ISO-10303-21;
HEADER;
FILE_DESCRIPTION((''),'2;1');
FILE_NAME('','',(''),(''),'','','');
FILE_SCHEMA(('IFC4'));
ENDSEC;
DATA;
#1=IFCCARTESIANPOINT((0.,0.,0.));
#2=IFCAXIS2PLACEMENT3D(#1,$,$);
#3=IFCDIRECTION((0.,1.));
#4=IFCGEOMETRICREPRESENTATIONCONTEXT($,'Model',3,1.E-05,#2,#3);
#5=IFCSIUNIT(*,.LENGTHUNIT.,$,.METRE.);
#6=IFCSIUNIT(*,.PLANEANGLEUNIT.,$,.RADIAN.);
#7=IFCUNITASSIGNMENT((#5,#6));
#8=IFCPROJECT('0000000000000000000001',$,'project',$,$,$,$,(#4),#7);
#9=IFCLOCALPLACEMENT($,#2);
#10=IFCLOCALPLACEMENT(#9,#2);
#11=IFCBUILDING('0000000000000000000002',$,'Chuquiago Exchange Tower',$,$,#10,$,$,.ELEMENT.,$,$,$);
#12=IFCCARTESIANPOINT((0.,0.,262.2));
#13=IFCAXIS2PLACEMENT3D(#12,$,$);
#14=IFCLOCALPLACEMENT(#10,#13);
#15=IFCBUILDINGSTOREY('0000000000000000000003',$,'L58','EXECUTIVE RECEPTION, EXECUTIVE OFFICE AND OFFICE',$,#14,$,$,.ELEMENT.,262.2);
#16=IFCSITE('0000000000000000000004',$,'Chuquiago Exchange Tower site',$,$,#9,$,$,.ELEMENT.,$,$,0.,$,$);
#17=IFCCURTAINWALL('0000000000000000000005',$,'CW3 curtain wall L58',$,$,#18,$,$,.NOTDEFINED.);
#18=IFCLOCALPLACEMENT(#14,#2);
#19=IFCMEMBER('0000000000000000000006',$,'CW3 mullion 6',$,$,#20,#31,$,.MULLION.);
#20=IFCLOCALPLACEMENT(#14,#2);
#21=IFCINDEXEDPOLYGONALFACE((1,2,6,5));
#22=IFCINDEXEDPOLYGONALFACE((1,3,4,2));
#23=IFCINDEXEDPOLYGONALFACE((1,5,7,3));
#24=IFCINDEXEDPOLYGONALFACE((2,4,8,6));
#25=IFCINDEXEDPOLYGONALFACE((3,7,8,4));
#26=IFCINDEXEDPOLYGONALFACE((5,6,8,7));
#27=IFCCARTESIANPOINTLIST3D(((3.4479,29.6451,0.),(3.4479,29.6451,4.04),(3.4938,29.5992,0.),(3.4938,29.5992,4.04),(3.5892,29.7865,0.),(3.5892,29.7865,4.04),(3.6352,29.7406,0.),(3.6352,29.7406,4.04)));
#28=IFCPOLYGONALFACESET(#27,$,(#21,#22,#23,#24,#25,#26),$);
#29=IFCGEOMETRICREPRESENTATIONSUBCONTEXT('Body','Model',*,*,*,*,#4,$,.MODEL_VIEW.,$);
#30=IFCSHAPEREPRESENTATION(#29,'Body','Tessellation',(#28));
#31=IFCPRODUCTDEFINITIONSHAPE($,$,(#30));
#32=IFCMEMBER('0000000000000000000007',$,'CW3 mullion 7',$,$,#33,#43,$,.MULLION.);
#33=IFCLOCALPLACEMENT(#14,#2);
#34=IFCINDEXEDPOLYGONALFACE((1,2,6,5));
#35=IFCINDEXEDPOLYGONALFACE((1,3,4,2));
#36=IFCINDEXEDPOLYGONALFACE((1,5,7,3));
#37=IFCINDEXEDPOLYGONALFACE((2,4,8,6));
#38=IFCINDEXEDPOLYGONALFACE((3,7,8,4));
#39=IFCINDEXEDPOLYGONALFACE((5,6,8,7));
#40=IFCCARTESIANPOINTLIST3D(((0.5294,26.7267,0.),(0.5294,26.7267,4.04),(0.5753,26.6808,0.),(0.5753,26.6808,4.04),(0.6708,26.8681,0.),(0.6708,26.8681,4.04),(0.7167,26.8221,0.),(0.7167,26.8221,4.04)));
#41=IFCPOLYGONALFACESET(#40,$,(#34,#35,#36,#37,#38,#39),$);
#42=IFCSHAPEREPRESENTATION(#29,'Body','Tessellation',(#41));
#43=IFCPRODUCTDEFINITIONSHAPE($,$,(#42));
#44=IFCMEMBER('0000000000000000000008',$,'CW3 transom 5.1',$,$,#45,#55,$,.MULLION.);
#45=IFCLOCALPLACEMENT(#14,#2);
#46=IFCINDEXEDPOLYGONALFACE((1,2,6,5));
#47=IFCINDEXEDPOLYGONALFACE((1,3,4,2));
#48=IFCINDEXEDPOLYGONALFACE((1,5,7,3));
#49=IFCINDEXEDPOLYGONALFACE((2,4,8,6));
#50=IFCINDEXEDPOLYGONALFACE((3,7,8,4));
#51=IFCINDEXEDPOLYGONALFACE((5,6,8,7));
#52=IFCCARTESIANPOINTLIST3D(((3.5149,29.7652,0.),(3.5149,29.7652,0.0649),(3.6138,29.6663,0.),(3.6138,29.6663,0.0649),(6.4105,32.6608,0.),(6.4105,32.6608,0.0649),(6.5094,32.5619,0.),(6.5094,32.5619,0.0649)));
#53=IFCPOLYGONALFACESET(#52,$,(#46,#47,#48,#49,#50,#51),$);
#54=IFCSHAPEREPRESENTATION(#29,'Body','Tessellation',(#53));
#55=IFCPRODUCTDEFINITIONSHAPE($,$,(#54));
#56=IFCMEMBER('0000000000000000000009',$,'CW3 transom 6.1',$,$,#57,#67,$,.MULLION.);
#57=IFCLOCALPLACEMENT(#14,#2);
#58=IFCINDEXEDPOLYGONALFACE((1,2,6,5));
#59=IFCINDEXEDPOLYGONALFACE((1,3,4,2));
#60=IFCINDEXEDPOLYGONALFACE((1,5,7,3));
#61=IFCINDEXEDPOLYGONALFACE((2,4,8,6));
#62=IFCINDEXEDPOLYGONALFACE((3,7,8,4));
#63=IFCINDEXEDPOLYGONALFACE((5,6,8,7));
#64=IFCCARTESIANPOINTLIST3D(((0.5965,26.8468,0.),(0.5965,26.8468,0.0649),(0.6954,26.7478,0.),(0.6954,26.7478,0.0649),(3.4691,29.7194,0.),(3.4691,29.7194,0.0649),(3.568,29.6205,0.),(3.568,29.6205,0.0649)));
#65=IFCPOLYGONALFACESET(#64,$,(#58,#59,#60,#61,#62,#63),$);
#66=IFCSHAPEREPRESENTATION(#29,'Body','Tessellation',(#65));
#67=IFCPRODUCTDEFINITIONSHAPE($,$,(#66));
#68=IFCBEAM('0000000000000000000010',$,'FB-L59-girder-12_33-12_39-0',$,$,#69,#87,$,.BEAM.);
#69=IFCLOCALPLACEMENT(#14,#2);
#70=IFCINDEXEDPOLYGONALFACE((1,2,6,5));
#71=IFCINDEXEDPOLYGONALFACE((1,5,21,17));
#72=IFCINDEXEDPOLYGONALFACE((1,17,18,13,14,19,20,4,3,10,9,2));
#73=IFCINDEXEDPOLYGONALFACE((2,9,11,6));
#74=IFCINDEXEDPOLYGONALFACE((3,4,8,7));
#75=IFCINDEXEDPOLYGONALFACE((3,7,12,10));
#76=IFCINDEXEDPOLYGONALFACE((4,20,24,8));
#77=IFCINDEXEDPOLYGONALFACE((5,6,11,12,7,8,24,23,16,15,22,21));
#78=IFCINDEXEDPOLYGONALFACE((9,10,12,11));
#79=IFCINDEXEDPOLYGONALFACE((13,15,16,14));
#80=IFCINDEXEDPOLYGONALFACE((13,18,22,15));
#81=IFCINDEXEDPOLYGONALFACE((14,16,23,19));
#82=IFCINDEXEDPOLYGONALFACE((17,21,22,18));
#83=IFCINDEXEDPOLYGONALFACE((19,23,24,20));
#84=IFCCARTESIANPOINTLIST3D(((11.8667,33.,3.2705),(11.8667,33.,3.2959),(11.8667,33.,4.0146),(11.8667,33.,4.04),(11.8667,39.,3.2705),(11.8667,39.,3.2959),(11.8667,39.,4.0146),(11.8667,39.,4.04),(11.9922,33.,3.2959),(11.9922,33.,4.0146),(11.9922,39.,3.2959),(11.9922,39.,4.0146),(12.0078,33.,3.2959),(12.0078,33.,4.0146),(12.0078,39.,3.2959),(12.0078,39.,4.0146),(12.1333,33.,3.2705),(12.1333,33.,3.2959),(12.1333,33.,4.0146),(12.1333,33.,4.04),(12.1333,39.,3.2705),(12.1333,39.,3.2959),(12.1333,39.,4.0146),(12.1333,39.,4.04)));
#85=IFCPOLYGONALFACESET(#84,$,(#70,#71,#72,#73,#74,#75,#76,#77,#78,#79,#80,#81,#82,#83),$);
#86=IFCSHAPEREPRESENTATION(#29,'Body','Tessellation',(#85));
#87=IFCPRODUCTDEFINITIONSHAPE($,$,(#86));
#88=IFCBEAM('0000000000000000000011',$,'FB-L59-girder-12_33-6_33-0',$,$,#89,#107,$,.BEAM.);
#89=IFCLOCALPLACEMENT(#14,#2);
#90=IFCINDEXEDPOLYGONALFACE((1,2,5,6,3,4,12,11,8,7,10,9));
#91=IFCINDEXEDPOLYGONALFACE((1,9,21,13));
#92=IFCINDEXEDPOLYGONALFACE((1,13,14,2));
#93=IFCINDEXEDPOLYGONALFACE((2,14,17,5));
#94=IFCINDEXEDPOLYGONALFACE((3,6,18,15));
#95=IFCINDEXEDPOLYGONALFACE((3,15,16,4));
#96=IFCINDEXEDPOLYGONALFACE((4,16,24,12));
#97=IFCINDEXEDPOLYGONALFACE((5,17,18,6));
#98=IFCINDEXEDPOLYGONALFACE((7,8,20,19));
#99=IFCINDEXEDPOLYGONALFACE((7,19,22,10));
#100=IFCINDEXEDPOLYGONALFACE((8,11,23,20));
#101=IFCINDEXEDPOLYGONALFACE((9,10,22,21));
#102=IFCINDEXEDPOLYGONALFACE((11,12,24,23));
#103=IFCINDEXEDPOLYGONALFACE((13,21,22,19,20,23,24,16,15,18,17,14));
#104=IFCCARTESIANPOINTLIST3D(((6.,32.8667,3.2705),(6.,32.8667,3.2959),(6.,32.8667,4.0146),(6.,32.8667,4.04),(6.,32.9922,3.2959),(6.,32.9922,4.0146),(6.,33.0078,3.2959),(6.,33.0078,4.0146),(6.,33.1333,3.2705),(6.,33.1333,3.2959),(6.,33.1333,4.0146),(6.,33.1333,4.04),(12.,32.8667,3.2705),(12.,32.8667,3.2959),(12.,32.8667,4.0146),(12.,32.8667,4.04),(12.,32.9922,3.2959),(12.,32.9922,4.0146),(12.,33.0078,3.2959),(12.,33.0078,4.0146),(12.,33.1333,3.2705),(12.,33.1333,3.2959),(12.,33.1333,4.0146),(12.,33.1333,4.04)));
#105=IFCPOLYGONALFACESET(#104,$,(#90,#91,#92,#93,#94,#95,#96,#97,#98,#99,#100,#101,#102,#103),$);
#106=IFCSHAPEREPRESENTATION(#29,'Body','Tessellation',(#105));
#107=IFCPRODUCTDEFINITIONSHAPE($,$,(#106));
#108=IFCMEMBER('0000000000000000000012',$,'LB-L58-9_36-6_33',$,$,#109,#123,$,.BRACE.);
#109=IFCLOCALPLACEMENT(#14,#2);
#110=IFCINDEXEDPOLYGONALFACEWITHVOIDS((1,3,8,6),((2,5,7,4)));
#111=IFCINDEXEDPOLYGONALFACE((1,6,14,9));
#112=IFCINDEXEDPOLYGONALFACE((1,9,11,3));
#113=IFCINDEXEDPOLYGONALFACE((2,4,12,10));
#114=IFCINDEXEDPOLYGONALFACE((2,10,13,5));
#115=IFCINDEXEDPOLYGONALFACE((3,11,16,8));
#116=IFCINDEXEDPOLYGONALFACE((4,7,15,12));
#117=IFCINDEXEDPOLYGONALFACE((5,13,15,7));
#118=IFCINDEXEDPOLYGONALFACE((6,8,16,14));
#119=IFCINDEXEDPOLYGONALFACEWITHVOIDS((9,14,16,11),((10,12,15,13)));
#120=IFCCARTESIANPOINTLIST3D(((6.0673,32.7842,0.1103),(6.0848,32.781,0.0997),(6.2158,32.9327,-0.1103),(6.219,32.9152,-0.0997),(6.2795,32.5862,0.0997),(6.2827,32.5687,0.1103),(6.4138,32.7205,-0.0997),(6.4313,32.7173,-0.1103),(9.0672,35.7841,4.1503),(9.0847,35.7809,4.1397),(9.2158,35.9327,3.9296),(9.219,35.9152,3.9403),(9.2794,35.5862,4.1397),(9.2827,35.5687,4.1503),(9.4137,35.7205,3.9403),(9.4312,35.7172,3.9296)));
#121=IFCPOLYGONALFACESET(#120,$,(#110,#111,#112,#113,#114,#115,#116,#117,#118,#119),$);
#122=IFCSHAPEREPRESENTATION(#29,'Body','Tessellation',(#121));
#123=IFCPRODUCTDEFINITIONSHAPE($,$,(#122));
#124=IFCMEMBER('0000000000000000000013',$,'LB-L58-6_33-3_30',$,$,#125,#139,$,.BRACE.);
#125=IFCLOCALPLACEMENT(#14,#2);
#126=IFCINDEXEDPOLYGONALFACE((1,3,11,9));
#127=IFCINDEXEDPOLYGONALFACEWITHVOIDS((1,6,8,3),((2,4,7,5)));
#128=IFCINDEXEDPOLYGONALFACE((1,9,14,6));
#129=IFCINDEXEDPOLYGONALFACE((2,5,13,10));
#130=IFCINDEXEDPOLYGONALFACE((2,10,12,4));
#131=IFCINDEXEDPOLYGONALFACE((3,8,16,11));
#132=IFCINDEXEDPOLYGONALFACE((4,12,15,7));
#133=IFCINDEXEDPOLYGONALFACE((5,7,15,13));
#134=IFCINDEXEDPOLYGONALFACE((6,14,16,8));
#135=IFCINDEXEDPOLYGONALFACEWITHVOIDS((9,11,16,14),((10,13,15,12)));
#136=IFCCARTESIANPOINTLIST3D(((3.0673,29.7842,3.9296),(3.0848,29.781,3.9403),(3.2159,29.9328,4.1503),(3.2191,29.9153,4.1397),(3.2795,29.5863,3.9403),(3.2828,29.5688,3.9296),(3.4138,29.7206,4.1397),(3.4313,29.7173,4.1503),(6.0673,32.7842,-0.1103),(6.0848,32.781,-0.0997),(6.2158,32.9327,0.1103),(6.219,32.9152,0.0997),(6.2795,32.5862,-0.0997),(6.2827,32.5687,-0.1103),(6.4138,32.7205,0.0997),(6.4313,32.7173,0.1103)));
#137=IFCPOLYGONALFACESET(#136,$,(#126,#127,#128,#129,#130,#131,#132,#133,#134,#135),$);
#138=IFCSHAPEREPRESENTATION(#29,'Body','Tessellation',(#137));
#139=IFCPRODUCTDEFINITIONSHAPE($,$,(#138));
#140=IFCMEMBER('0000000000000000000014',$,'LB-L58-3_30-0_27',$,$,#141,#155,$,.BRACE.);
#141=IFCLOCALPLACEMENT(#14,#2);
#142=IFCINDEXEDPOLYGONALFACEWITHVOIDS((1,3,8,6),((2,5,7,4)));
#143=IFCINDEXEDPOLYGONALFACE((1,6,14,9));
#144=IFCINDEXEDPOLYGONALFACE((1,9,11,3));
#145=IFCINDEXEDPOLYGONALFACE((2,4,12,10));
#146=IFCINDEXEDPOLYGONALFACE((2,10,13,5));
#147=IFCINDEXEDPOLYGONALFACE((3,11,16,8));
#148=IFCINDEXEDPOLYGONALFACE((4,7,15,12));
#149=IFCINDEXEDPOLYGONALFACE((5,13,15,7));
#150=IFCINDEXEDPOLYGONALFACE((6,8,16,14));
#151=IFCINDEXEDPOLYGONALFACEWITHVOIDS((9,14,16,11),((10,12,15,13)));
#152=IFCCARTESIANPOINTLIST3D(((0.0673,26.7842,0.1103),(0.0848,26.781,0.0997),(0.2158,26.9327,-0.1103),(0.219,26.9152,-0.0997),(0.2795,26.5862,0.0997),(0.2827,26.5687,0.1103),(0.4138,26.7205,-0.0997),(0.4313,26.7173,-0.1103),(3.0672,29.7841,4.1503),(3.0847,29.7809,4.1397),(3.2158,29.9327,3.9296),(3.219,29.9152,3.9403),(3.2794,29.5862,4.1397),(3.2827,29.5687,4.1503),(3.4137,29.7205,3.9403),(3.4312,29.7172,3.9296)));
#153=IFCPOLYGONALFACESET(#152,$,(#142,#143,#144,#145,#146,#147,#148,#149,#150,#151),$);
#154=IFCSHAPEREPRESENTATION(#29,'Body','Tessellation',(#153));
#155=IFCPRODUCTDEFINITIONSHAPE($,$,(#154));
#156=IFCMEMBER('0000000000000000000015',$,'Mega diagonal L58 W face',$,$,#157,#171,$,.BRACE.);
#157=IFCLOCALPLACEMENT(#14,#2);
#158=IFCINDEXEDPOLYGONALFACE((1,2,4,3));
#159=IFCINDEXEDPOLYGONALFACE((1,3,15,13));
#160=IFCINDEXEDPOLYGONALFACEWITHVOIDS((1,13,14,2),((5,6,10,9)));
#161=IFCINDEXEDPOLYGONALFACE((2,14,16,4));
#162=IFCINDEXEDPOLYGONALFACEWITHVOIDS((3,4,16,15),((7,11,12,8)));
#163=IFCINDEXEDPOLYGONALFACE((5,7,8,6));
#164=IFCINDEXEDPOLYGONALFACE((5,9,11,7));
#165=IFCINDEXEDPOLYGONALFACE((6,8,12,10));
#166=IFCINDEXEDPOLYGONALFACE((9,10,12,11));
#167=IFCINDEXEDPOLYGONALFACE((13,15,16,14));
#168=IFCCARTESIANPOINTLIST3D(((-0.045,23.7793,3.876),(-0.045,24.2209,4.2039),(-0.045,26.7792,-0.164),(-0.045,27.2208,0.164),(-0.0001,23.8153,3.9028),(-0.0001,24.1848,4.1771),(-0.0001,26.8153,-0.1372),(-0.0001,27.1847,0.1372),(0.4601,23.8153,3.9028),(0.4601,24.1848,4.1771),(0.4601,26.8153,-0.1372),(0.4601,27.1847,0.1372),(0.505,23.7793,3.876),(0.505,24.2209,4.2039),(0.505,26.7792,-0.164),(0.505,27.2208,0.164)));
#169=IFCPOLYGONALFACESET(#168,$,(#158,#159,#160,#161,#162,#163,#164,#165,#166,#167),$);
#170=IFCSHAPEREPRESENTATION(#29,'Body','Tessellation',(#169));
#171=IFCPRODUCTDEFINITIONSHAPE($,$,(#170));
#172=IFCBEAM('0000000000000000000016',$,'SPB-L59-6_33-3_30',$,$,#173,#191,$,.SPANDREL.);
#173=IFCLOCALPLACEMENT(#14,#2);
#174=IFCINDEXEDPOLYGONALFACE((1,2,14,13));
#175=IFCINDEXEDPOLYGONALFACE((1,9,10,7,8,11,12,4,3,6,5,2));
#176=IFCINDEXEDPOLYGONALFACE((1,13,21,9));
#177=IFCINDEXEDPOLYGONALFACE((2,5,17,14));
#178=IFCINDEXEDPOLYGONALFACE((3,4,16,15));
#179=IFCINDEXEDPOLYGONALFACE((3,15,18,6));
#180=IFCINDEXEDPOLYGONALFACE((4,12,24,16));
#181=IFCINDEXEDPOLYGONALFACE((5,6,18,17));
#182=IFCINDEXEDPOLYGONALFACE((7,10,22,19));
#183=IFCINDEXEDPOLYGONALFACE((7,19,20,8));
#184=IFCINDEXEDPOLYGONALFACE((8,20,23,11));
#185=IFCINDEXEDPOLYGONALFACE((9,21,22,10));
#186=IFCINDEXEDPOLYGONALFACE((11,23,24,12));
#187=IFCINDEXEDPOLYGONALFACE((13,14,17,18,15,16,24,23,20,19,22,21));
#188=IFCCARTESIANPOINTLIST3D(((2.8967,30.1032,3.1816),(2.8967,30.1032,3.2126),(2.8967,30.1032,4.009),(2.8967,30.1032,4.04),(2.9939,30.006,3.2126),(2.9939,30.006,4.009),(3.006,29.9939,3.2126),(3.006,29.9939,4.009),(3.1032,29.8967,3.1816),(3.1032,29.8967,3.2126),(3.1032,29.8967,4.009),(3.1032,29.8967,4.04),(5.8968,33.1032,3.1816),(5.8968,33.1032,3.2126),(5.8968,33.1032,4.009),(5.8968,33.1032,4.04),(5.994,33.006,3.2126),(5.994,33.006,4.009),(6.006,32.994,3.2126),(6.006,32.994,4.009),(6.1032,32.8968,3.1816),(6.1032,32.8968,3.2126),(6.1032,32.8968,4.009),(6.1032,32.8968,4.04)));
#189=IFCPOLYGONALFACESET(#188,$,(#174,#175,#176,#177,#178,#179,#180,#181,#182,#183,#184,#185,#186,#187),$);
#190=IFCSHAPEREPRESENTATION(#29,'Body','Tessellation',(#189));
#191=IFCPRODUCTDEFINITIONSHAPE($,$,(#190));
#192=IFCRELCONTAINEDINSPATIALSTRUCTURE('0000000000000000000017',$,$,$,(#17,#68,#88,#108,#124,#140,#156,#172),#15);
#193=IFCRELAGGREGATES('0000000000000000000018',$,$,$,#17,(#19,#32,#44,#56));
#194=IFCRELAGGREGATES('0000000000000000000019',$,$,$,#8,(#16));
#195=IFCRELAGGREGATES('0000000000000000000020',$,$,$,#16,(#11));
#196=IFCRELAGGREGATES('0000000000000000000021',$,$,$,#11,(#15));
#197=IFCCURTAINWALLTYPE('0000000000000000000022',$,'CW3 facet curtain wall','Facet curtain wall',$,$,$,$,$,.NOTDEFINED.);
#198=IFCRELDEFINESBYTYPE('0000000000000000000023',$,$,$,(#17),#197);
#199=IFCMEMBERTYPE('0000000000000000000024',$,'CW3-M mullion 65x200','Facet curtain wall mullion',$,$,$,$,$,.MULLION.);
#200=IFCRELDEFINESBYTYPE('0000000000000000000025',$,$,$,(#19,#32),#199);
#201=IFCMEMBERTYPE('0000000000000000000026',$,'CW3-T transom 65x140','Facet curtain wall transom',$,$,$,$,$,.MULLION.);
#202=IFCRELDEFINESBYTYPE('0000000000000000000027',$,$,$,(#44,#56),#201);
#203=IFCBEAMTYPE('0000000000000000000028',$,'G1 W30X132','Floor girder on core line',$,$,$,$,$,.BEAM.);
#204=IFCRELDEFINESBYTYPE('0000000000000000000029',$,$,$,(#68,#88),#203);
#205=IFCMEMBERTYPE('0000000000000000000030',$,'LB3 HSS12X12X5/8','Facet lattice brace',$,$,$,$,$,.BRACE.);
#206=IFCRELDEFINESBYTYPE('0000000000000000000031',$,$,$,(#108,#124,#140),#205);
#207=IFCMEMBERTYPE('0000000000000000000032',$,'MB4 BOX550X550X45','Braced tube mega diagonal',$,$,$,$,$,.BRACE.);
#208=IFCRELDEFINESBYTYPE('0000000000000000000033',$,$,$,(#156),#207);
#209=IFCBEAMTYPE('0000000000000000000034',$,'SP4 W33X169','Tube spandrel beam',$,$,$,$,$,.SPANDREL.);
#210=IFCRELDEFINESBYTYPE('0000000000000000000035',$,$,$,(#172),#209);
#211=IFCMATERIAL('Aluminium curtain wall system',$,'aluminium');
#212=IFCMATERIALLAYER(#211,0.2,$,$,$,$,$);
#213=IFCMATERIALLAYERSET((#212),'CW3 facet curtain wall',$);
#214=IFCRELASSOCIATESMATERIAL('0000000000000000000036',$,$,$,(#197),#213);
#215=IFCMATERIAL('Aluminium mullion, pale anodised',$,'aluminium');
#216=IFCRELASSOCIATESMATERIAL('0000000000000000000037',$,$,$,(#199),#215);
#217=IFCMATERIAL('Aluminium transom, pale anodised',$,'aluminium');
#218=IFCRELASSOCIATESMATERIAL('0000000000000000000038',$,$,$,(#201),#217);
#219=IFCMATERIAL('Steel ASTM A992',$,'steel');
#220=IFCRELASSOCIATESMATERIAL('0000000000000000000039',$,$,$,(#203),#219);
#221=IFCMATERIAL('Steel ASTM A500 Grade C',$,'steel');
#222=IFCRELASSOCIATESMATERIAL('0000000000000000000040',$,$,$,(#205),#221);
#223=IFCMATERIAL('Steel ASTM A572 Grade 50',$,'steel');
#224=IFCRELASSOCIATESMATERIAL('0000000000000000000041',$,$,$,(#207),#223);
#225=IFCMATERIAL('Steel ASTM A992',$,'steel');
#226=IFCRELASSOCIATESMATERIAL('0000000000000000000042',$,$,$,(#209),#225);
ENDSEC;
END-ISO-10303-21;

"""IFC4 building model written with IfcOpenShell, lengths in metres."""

from ifc_helpers import new_model, si_unit, direction, frame, origin, origin_2d, place, context, subcontext, project, spatial, rectangle, hollow_rectangle, i_section, extrude, material, layer, layer_set, material_profile, profile_set, type_object, element, aggregate, save


model = new_model("IFC4")

# Units and contexts
model_context = context("Model", 3, precision=1e-05, world=origin(), true_north=direction((0.0, 1.0)))
body_context = subcontext(model_context, "Body", "Model", "MODEL_VIEW")
ifc_project = project(units=[si_unit("LENGTHUNIT", "METRE"), si_unit("PLANEANGLEUNIT", "RADIAN")], contexts=[model_context])

# Site, building, storey
site_placement = place(None, origin())
site = spatial("IfcSite", under=ifc_project, at=site_placement, Name="Chuquiago Exchange Tower site", CompositionType="ELEMENT", RefElevation=0.0)
building_placement = place(site_placement, origin())
building = spatial("IfcBuilding", under=site, at=building_placement, Name="Chuquiago Exchange Tower", CompositionType="ELEMENT")
storey_placement = place(building_placement, frame((0.0, 0.0, 262.2)))
storey = spatial("IfcBuildingStorey", under=building, at=storey_placement, Name="L58", Description="EXECUTIVE RECEPTION, EXECUTIVE OFFICE AND OFFICE", CompositionType="ELEMENT", Elevation=262.2)

# Curtain wall, members
ifc_material_1 = material(Name="Aluminium curtain wall system", Category="aluminium")
ifc_layer_1 = layer(ifc_material_1, 0.2)
ifc_layer_set_1 = layer_set([ifc_layer_1], Name="CW3 facet curtain wall")
curtain_wall_type_1 = type_object("IfcCurtainWallType", Name="CW3 facet curtain wall", Description="Facet curtain wall", PredefinedType="NOTDEFINED", material=ifc_layer_set_1)
curtain_wall_1_placement = place(storey_placement, origin())
curtain_wall_1 = element("IfcCurtainWall", 1, at=curtain_wall_1_placement, inside=storey, type_object=curtain_wall_type_1, Name="CW3 curtain wall L58", PredefinedType="NOTDEFINED")
ifc_material_2 = material(Name="Aluminium mullion, pale anodised", Category="aluminium")
ifc_material_profile_1 = material_profile(ifc_material_2, rectangle(XDim=0.0649, YDim=0.2, at=origin_2d()), Name="AL 65x200")
ifc_profile_set_1 = profile_set([ifc_material_profile_1], Name="Aluminium mullion, pale anodised")
member_type_1 = type_object("IfcMemberType", Name="CW3-M mullion 65x200", Description="Facet curtain wall mullion", PredefinedType="MULLION", material=ifc_profile_set_1)
member_1_placement = place(storey_placement, frame((3.5415, 29.6929, 0.0), z_axis=(0.0, 0.0, 1.0), x_axis=(0.707107, -0.707107, 0.0)))
member_1 = element("IfcMember", 2, at=member_1_placement, type_object=member_type_1, Name="CW3 mullion 6", PredefinedType="MULLION", context=body_context, shape_type="SweptSolid", body=[
    extrude(rectangle(XDim=0.0649, YDim=0.2, at=origin_2d()), origin(), (0.0, 0.0, 1.0), 4.04),
])
member_2_placement = place(storey_placement, frame((0.623, 26.7744, 0.0), z_axis=(0.0, 0.0, 1.0), x_axis=(0.707107, -0.707107, 0.0)))
member_2 = element("IfcMember", 3, at=member_2_placement, type_object=member_type_1, Name="CW3 mullion 7", PredefinedType="MULLION", context=body_context, shape_type="SweptSolid", body=[
    extrude(rectangle(XDim=0.0649, YDim=0.2, at=origin_2d()), origin(), (0.0, 0.0, 1.0), 4.04),
])
ifc_material_3 = material(Name="Aluminium transom, pale anodised", Category="aluminium")
ifc_material_profile_2 = material_profile(ifc_material_3, rectangle(XDim=0.1399, YDim=0.0649, at=origin_2d()), Name="AL 140x65")
ifc_profile_set_2 = profile_set([ifc_material_profile_2], Name="Aluminium transom, pale anodised")
member_type_2 = type_object("IfcMemberType", Name="CW3-T transom 65x140", Description="Facet curtain wall transom", PredefinedType="MULLION", material=ifc_profile_set_2)
member_3_placement = place(storey_placement, frame((6.46, 32.6113, 0.0325), z_axis=(-0.707107, -0.707107, 0.0), x_axis=(0.707107, -0.707107, 0.0)))
member_3 = element("IfcMember", 4, at=member_3_placement, type_object=member_type_2, Name="CW3 transom 5.1", PredefinedType="MULLION", context=body_context, shape_type="SweptSolid", body=[
    extrude(rectangle(XDim=0.1399, YDim=0.0649, at=origin_2d()), origin(), (0.0, 0.0, 1.0), 4.095),
])
member_4_placement = place(storey_placement, frame((3.5186, 29.6699, 0.0325), z_axis=(-0.707107, -0.707107, 0.0), x_axis=(0.707107, -0.707107, 0.0)))
member_4 = element("IfcMember", 5, at=member_4_placement, type_object=member_type_2, Name="CW3 transom 6.1", PredefinedType="MULLION", context=body_context, shape_type="SweptSolid", body=[
    extrude(rectangle(XDim=0.1399, YDim=0.0649, at=origin_2d()), origin(), (0.0, 0.0, 1.0), 4.0625),
])

# Beams
ifc_material_4 = material(Name="Steel ASTM A992", Category="steel")
ifc_material_profile_3 = material_profile(ifc_material_4, i_section(OverallWidth=0.2666, OverallDepth=0.7695, WebThickness=0.0156, FlangeThickness=0.0254, at=origin_2d()), Name="W30X132")
ifc_profile_set_3 = profile_set([ifc_material_profile_3], Name="Steel ASTM A992")
beam_type_1 = type_object("IfcBeamType", Name="G1 W30X132", Description="Floor girder on core line", PredefinedType="BEAM", material=ifc_profile_set_3)
for number, where, z_axis, x_axis, name in (
    (6, (12.0, 33.0, 3.6553), (0.0, 1.0, 0.0), (-1.0, 0.0, 0.0), "FB-L59-girder-12_33-12_39-0"),
    (7, (12.0, 33.0, 3.6553), (-1.0, 0.0, 0.0), (0.0, -1.0, 0.0), "FB-L59-girder-12_33-6_33-0"),
):
    element("IfcBeam", number, at=place(storey_placement, frame(where, z_axis=z_axis, x_axis=x_axis)), inside=storey, type_object=beam_type_1, Name=name, PredefinedType="BEAM", context=body_context, shape_type="SweptSolid", body=[
        extrude(i_section(OverallWidth=0.2666, OverallDepth=0.7695, WebThickness=0.0156, FlangeThickness=0.0254, at=origin_2d()), origin(), (0.0, 0.0, 1.0), 6.0),
    ])

# Members
ifc_material_5 = material(Name="Steel ASTM A500 Grade C", Category="steel")
ifc_material_profile_4 = material_profile(ifc_material_5, hollow_rectangle(XDim=0.3047, YDim=0.3047, WallThickness=0.0146, at=origin_2d()), Name="HSS12X12X5/8")
ifc_profile_set_4 = profile_set([ifc_material_profile_4], Name="Steel ASTM A500 Grade C")
member_type_3 = type_object("IfcMemberType", Name="LB3 HSS12X12X5/8", Description="Facet lattice brace", PredefinedType="BRACE", material=ifc_profile_set_4)
for number, where, z_axis, x_axis, name in (
    (8, (6.2493, 32.7507, 0.0), (0.512077, 0.512077, 0.689604), (-0.707107, 0.707107, 0.0), "LB-L58-9_36-6_33"),
    (9, (6.2493, 32.7507, 0.0), (-0.512077, -0.512077, 0.689604), (0.707107, -0.707107, 0.0), "LB-L58-6_33-3_30"),
    (10, (0.2493, 26.7507, 0.0), (0.512077, 0.512077, 0.689604), (-0.707107, 0.707107, 0.0), "LB-L58-3_30-0_27"),
):
    element("IfcMember", number, at=place(storey_placement, frame(where, z_axis=z_axis, x_axis=x_axis)), inside=storey, type_object=member_type_3, Name=name, PredefinedType="BRACE", context=body_context, shape_type="SweptSolid", body=[
        extrude(hollow_rectangle(XDim=0.3047, YDim=0.3047, WallThickness=0.0146, at=origin_2d()), origin(), (0.0, 0.0, 1.0), 5.8584),
    ])
ifc_material_6 = material(Name="Steel ASTM A572 Grade 50", Category="steel")
ifc_material_profile_5 = material_profile(ifc_material_6, hollow_rectangle(XDim=0.55, YDim=0.55, WallThickness=0.0449, at=origin_2d()), Name="BOX550X550X45")
ifc_profile_set_5 = profile_set([ifc_material_profile_5], Name="Steel ASTM A572 Grade 50")
member_type_4 = type_object("IfcMemberType", Name="MB4 BOX550X550X45", Description="Braced tube mega diagonal", PredefinedType="BRACE", material=ifc_profile_set_5)
member_5_placement = place(storey_placement, frame((0.23, 27.0, 0.0), z_axis=(0.0, -0.596174, 0.802855), x_axis=(1.0, 0.0, 0.0)))
element("IfcMember", 11, at=member_5_placement, inside=storey, type_object=member_type_4, Name="Mega diagonal L58 W face", PredefinedType="BRACE", context=body_context, shape_type="SweptSolid", body=[
    extrude(hollow_rectangle(XDim=0.55, YDim=0.55, WallThickness=0.0449, at=origin_2d()), origin(), (0.0, 0.0, 1.0), 5.032),
])

# Beam
ifc_material_7 = material(Name="Steel ASTM A992", Category="steel")
ifc_material_profile_6 = material_profile(ifc_material_7, i_section(OverallWidth=0.292, OverallDepth=0.8584, WebThickness=0.0171, FlangeThickness=0.031, at=origin_2d()), Name="W33X169")
ifc_profile_set_6 = profile_set([ifc_material_profile_6], Name="Steel ASTM A992")
beam_type_2 = type_object("IfcBeamType", Name="SP4 W33X169", Description="Tube spandrel beam", PredefinedType="SPANDREL", material=ifc_profile_set_6)
for number, where, z_axis, x_axis, name in (
    (12, (6.0, 33.0, 3.6108), (-0.707107, -0.707107, 0.0), (0.707107, -0.707107, 0.0), "SPB-L59-6_33-3_30"),
):
    element("IfcBeam", number, at=place(storey_placement, frame(where, z_axis=z_axis, x_axis=x_axis)), inside=storey, type_object=beam_type_2, Name=name, PredefinedType="SPANDREL", context=body_context, shape_type="SweptSolid", body=[
        extrude(i_section(OverallWidth=0.292, OverallDepth=0.8584, WebThickness=0.0171, FlangeThickness=0.031, at=origin_2d()), origin(), (0.0, 0.0, 1.0), 4.2427),
    ])

aggregate(curtain_wall_1, [member_1, member_2, member_3, member_4])

save(model, "model.ifc")
